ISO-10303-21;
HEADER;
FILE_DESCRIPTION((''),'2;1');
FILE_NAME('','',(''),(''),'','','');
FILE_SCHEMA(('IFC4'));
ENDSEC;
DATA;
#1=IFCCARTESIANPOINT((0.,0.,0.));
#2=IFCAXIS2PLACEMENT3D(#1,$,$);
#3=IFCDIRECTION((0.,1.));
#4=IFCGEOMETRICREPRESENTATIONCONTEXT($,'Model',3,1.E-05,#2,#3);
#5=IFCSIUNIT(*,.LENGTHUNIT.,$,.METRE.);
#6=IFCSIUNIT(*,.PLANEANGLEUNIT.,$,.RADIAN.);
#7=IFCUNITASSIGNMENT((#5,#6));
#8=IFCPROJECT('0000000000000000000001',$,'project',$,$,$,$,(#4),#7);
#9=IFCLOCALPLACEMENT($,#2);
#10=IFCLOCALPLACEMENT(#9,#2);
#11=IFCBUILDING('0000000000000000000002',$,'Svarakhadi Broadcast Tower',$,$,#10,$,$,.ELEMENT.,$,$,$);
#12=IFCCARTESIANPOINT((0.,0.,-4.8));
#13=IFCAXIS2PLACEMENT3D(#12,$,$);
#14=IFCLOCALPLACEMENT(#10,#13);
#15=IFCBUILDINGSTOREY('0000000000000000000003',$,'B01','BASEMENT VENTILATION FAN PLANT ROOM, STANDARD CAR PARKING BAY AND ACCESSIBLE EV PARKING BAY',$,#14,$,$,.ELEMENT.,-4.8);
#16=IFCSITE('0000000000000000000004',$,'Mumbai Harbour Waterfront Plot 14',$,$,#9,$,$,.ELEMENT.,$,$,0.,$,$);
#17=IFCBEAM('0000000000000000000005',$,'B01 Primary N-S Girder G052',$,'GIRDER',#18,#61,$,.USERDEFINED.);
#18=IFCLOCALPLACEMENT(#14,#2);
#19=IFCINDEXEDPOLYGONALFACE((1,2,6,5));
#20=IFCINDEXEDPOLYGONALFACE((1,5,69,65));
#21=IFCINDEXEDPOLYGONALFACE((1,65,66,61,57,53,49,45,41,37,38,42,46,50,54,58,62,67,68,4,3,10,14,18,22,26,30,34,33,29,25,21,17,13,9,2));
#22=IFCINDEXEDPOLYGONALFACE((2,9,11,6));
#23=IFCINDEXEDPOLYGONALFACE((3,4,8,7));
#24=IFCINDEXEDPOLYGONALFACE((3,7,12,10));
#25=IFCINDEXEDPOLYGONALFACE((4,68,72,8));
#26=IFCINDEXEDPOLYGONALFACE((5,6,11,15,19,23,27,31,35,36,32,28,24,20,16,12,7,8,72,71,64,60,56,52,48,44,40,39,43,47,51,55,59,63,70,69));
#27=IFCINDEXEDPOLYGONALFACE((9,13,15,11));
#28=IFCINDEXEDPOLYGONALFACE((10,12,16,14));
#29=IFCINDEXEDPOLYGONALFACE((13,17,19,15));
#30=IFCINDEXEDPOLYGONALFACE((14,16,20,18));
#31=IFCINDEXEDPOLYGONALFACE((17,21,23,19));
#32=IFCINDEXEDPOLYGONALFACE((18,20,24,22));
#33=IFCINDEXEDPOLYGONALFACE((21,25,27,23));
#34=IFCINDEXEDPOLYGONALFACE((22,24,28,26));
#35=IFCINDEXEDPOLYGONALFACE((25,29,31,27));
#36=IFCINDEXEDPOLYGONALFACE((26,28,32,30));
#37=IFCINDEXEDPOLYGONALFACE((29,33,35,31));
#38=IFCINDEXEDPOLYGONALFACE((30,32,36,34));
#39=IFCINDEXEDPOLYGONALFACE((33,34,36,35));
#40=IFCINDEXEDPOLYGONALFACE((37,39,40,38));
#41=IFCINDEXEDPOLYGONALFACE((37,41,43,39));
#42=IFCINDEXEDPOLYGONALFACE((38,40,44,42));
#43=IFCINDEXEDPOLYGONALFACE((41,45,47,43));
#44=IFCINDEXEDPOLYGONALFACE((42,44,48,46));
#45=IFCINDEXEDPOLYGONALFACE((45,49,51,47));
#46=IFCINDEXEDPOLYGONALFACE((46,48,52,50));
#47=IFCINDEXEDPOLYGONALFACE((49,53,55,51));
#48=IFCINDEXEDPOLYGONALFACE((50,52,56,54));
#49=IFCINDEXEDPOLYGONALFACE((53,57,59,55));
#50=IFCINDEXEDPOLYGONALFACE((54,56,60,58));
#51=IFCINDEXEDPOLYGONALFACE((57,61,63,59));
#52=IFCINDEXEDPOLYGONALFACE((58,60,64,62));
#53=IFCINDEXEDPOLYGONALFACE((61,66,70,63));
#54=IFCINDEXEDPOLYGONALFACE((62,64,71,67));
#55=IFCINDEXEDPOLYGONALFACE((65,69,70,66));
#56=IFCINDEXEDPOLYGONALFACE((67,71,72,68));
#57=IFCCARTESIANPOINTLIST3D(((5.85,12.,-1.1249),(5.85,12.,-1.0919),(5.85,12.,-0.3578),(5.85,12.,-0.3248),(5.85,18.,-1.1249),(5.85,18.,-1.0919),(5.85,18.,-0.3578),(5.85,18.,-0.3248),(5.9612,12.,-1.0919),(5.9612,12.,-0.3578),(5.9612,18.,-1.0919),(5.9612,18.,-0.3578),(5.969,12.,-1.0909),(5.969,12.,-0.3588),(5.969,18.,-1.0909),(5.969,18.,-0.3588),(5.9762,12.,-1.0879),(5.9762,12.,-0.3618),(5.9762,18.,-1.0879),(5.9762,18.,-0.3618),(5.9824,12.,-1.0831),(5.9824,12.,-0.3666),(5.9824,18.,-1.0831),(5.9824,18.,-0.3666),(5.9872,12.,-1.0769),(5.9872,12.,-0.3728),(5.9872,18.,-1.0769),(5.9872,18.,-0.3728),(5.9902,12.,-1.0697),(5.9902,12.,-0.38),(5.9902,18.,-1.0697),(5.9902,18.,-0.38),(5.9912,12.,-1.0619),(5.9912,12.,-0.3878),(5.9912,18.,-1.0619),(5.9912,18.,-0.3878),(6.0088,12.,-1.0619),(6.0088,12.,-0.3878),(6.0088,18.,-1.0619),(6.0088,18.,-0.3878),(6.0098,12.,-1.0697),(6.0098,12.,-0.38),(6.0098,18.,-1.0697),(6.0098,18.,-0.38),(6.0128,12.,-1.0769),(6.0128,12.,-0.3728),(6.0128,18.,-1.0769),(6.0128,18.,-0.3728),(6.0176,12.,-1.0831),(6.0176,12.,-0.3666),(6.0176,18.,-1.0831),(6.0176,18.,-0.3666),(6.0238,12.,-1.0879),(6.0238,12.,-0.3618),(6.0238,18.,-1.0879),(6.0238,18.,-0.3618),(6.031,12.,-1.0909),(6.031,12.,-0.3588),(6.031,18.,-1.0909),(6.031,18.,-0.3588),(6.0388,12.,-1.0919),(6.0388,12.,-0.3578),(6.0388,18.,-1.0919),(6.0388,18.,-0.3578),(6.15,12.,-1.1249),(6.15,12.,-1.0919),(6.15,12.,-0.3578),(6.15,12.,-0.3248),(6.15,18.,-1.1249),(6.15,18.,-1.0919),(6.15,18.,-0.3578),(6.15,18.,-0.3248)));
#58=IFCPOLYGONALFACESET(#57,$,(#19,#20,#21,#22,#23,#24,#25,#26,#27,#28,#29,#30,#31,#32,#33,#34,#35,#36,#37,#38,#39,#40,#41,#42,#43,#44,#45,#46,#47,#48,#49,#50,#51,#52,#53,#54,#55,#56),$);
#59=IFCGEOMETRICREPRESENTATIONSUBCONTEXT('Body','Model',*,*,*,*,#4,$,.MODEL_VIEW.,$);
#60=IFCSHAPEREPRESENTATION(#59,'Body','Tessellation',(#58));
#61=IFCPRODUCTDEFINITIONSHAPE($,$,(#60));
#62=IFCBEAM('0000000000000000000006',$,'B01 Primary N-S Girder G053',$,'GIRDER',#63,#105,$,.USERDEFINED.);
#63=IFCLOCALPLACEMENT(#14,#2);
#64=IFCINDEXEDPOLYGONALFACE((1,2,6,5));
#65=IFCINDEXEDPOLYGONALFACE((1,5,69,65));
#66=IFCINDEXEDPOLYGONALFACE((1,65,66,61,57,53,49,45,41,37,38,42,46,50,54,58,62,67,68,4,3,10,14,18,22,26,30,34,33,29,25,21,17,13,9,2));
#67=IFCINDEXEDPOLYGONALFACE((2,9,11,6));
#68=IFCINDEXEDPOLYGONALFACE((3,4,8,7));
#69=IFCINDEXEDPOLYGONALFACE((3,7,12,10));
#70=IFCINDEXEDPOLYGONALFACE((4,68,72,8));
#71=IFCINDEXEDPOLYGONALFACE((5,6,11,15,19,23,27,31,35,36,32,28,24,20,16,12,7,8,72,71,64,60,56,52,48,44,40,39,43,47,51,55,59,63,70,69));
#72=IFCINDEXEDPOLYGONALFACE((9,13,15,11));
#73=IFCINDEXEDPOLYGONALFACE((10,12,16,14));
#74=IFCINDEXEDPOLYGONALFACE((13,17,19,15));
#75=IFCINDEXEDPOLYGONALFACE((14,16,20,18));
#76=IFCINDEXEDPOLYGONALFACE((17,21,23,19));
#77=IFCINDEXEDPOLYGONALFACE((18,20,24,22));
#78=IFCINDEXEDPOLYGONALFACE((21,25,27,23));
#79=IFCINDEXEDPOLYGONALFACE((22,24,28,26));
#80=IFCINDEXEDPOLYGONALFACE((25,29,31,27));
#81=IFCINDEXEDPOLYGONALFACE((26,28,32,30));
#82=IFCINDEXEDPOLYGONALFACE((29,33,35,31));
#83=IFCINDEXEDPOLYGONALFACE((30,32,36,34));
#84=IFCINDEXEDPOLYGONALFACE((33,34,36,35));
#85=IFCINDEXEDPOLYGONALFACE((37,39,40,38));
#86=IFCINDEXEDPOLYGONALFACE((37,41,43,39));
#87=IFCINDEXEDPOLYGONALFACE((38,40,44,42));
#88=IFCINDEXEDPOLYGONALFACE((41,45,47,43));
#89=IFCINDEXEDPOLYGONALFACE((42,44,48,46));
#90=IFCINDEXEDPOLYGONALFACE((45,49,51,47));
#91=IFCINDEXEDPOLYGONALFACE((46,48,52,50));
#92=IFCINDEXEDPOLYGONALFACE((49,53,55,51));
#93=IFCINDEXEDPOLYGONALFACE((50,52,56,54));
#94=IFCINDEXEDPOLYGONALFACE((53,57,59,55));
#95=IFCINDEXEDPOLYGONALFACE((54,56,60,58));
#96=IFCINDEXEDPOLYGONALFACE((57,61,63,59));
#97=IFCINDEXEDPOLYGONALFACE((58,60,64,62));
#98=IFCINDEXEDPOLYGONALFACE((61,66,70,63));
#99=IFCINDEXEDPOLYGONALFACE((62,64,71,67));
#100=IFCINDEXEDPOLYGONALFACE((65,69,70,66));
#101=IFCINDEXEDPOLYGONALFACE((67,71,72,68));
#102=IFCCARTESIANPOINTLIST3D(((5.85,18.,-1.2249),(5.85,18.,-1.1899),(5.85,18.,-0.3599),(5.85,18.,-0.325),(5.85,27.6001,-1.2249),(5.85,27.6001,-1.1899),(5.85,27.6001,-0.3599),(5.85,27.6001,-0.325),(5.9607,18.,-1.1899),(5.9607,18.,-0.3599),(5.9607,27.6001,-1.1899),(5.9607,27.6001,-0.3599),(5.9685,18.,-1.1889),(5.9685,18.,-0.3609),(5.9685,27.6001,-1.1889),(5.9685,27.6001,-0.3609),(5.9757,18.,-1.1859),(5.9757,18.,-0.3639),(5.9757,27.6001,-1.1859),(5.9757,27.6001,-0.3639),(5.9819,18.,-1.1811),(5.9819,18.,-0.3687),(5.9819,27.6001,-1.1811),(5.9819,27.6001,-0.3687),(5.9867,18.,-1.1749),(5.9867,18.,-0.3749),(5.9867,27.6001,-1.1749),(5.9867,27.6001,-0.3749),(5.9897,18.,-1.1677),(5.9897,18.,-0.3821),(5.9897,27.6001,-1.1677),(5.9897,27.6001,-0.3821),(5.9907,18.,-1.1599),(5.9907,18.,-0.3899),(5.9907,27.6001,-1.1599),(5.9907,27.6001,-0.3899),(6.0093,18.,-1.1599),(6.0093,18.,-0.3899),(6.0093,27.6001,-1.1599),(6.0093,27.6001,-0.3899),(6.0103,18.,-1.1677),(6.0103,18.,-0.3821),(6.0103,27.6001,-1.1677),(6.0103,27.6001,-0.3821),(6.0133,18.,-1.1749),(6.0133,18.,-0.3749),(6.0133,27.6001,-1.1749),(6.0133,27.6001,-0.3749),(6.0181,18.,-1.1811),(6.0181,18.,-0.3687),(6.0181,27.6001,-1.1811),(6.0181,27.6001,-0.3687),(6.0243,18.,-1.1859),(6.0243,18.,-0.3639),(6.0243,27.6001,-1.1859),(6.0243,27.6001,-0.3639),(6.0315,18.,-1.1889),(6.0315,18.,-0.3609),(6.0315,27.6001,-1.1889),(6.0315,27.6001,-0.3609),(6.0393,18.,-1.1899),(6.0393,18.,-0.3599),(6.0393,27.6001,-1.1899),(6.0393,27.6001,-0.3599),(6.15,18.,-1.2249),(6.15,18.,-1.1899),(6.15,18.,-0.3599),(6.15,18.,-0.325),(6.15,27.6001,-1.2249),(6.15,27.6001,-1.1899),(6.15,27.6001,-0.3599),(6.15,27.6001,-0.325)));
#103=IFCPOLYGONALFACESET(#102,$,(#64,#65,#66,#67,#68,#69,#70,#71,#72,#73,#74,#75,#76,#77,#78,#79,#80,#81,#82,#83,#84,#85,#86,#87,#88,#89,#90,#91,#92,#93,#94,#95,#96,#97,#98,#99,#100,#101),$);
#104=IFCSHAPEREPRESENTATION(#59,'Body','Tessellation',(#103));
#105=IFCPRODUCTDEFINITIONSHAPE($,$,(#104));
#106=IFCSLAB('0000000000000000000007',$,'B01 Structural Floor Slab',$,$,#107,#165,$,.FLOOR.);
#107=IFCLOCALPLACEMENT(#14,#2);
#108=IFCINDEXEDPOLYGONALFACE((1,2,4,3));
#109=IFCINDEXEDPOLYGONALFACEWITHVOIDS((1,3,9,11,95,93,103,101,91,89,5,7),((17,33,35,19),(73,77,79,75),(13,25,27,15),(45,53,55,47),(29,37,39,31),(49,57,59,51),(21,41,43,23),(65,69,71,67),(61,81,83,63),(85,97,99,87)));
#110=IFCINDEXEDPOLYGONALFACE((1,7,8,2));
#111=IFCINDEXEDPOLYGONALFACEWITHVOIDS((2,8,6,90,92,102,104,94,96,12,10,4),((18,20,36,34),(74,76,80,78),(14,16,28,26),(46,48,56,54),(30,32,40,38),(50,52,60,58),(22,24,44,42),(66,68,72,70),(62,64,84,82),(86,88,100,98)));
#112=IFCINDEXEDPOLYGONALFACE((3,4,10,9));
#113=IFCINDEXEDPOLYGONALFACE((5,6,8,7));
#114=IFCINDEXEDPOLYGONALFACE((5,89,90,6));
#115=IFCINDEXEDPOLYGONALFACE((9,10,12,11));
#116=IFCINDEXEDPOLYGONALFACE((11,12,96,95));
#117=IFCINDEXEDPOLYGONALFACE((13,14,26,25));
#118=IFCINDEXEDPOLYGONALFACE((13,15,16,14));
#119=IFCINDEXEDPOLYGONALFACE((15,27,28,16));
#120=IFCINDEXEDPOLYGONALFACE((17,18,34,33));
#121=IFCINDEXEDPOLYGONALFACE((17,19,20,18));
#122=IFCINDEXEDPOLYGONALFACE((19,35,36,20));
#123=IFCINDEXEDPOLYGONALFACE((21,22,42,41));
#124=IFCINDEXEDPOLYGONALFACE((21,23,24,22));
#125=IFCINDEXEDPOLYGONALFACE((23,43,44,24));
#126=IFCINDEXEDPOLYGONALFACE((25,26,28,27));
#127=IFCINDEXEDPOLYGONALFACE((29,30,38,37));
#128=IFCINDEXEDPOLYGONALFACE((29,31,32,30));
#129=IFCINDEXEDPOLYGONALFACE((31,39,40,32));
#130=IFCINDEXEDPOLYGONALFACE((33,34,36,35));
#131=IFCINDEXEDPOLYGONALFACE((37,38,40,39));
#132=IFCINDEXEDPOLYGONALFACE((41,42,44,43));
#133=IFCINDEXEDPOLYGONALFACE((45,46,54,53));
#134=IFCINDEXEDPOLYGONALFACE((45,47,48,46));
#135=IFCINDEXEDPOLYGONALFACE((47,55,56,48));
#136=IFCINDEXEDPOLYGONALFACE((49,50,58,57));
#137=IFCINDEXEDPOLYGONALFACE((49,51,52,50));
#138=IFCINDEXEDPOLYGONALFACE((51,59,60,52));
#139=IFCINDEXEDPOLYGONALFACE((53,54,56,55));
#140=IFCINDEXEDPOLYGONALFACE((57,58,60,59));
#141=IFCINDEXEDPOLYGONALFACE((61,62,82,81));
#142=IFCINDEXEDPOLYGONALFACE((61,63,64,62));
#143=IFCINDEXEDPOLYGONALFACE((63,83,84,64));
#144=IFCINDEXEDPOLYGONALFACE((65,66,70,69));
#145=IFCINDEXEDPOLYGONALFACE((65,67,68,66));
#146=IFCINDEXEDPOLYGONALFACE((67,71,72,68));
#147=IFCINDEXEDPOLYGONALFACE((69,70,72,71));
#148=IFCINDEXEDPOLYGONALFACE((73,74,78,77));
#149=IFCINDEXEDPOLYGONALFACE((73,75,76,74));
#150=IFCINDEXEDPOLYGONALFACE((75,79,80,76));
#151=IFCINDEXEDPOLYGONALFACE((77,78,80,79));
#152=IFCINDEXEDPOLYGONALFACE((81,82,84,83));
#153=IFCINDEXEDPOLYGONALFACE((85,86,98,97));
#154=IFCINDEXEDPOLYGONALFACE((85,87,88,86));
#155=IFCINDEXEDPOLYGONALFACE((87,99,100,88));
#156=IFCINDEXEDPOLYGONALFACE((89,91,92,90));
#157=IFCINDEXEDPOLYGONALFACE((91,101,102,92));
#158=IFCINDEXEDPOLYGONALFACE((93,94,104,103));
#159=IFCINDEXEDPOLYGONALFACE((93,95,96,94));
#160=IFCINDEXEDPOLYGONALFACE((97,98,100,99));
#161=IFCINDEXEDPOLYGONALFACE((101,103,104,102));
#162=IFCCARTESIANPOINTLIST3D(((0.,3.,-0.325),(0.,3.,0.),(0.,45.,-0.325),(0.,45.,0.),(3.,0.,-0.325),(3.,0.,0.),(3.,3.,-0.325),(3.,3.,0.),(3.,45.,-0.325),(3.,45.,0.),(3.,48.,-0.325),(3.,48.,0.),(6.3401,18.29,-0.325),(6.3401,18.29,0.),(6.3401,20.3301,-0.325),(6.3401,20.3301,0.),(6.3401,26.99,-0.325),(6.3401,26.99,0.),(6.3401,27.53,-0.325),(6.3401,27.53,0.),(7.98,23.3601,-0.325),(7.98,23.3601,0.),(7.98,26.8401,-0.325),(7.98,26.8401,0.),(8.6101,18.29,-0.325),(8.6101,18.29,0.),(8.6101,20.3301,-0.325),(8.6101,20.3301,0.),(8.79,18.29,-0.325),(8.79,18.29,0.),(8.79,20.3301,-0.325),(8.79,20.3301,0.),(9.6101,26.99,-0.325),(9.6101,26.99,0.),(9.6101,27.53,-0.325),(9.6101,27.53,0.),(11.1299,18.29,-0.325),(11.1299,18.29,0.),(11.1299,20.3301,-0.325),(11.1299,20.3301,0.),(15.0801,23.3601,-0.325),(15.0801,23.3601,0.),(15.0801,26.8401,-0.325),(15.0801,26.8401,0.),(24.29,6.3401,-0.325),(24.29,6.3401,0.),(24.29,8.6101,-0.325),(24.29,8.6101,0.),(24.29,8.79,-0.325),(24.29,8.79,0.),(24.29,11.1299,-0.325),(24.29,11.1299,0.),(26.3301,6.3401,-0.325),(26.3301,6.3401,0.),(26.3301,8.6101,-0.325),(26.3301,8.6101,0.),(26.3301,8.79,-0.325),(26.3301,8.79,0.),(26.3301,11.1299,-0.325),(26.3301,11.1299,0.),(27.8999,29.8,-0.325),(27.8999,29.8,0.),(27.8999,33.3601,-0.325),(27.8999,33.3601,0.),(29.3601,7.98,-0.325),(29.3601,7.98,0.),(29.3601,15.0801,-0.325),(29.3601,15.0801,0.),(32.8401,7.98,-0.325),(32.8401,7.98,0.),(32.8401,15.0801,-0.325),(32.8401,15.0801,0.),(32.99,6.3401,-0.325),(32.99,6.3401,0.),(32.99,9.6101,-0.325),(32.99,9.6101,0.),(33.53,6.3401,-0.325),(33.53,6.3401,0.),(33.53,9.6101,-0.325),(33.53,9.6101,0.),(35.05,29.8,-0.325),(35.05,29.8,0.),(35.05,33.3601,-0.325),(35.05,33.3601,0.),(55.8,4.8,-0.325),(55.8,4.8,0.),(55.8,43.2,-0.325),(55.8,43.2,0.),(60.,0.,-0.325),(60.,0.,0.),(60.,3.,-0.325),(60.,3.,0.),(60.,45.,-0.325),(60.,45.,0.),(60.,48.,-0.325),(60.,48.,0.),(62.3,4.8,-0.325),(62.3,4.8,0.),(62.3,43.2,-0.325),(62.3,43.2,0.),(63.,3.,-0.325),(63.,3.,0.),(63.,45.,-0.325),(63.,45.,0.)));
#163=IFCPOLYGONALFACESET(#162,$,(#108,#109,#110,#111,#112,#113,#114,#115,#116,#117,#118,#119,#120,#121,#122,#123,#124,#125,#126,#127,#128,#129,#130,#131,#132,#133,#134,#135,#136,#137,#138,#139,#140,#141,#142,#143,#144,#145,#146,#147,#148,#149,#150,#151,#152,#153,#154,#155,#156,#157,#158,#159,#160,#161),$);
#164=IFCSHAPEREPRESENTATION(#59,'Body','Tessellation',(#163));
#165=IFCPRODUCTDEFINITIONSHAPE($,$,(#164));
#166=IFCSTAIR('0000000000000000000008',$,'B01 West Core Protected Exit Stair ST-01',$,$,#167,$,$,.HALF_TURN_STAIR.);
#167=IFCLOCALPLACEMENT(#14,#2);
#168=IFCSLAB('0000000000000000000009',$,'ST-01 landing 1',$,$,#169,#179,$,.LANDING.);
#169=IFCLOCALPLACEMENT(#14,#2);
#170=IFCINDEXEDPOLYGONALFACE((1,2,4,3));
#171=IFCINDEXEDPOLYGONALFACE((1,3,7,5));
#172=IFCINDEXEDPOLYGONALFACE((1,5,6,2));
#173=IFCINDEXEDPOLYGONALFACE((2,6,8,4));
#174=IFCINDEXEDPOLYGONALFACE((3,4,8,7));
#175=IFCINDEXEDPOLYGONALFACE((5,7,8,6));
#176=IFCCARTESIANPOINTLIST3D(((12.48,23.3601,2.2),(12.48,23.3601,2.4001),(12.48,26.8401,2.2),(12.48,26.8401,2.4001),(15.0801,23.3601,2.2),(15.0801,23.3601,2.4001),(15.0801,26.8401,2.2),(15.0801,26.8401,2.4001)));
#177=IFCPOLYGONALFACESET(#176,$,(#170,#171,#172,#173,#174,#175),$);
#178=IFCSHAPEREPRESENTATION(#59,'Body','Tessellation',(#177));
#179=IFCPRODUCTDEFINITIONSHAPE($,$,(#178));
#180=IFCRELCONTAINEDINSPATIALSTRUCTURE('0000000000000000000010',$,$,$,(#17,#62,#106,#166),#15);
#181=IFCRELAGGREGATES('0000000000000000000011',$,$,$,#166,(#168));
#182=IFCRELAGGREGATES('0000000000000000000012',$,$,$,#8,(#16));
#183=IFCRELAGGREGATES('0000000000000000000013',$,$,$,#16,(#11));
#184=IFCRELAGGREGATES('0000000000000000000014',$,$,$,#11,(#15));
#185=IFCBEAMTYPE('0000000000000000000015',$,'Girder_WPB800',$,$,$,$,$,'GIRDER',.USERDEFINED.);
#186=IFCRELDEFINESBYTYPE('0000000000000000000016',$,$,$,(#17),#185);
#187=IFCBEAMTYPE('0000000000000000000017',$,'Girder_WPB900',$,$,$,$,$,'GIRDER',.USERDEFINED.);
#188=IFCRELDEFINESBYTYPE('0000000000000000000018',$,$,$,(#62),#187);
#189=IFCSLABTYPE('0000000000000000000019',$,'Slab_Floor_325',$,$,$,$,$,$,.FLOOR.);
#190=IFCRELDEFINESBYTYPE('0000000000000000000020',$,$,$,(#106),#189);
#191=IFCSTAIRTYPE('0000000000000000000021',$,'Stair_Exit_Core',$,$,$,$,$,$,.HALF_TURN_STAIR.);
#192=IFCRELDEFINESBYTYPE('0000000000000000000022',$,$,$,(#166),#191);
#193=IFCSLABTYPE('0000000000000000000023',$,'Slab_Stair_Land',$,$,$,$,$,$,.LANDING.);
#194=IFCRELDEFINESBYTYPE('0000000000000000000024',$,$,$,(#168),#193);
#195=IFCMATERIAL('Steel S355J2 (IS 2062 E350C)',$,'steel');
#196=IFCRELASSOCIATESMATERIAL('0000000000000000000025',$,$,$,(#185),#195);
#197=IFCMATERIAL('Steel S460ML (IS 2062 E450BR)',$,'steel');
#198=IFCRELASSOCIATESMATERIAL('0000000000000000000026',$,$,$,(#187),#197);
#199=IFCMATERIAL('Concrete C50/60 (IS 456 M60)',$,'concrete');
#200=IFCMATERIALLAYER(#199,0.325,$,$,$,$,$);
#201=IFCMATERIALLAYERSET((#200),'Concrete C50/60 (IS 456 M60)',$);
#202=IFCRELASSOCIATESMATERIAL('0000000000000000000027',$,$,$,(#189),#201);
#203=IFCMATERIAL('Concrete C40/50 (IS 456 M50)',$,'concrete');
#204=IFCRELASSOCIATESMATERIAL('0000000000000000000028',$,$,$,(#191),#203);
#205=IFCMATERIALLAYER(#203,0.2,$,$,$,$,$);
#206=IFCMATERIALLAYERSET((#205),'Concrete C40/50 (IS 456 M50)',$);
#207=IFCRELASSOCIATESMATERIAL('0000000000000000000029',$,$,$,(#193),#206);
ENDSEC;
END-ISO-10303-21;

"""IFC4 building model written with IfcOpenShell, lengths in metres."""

from ifc_helpers import new_model, si_unit, direction, frame, origin, origin_2d, place, context, subcontext, project, spatial, polyline, i_section, outline, extrude, material, layer, layer_set, material_profile, profile_set, type_object, element, aggregate, save


model = new_model("IFC4")

# Units and contexts
model_context = context("Model", 3, precision=1e-05, world=origin(), true_north=direction((0.0, 1.0)))
body_context = subcontext(model_context, "Body", "Model", "MODEL_VIEW")
ifc_project = project(units=[si_unit("LENGTHUNIT", "METRE"), si_unit("PLANEANGLEUNIT", "RADIAN")], contexts=[model_context])

# Site, building, storey
site_placement = place(None, origin())
site = spatial("IfcSite", under=ifc_project, at=site_placement, Name="Mumbai Harbour Waterfront Plot 14", CompositionType="ELEMENT", RefElevation=0.0)
building_placement = place(site_placement, origin())
building = spatial("IfcBuilding", under=site, at=building_placement, Name="Svarakhadi Broadcast Tower", CompositionType="ELEMENT")
storey_placement = place(building_placement, frame((0.0, 0.0, -4.8)))
storey = spatial("IfcBuildingStorey", under=building, at=storey_placement, Name="B01", Description="BASEMENT VENTILATION FAN PLANT ROOM, STANDARD CAR PARKING BAY AND ACCESSIBLE EV PARKING BAY", CompositionType="ELEMENT", Elevation=-4.8)

# Shared definitions
ifc_material_1 = material(Name="Steel S460ML (IS 2062 E450BR)", Category="steel")

# Beams
ifc_material_2 = material(Name="Steel S355J2 (IS 2062 E350C)", Category="steel")
ifc_material_profile_1 = material_profile(ifc_material_2, i_section(OverallWidth=0.3, OverallDepth=0.8, WebThickness=0.0176, FlangeThickness=0.033, FilletRadius=0.03, at=origin_2d()), Name="WPB 800x300x262")
ifc_profile_set_1 = profile_set([ifc_material_profile_1], Name="Steel S355J2 (IS 2062 E350C)")
beam_type_1 = type_object("IfcBeamType", Name="Girder_WPB800", ElementType="GIRDER", PredefinedType="USERDEFINED", material=ifc_profile_set_1)
for number, where, z_axis, x_axis, name in (
    (1, (6.0, 12.0, -0.7249), (0.0, 1.0, 0.0), (-1.0, 0.0, 0.0), "B01 Primary N-S Girder G052"),
):
    element("IfcBeam", number, at=place(storey_placement, frame(where, z_axis=z_axis, x_axis=x_axis)), inside=storey, type_object=beam_type_1, Name=name, ObjectType="GIRDER", PredefinedType="USERDEFINED", context=body_context, shape_type="SweptSolid", body=[
        extrude(i_section(OverallWidth=0.3, OverallDepth=0.8, WebThickness=0.0176, FlangeThickness=0.033, FilletRadius=0.03, at=origin_2d()), origin(), (0.0, 0.0, 1.0), 6.0),
    ])
ifc_material_profile_2 = material_profile(ifc_material_1, i_section(OverallWidth=0.3, OverallDepth=0.8999, WebThickness=0.0186, FlangeThickness=0.0349, FilletRadius=0.03, at=origin_2d()), Name="WPB 900x300x291")
ifc_profile_set_2 = profile_set([ifc_material_profile_2], Name="Steel S460ML (IS 2062 E450BR)")
beam_type_2 = type_object("IfcBeamType", Name="Girder_WPB900", ElementType="GIRDER", PredefinedType="USERDEFINED", material=ifc_profile_set_2)
beam_1_placement = place(storey_placement, frame((6.0, 18.0, -0.7749), z_axis=(0.0, 1.0, 0.0), x_axis=(-1.0, 0.0, 0.0)))
element("IfcBeam", 2, at=beam_1_placement, inside=storey, type_object=beam_type_2, Name="B01 Primary N-S Girder G053", ObjectType="GIRDER", PredefinedType="USERDEFINED", context=body_context, shape_type="SweptSolid", body=[
    extrude(i_section(OverallWidth=0.3, OverallDepth=0.8999, WebThickness=0.0186, FlangeThickness=0.0349, FilletRadius=0.03, at=origin_2d()), origin(), (0.0, 0.0, 1.0), 9.6001),
])

# Slab
ifc_material_3 = material(Name="Concrete C50/60 (IS 456 M60)", Category="concrete")
ifc_layer_1 = layer(ifc_material_3, 0.325)
ifc_layer_set_1 = layer_set([ifc_layer_1], Name="Concrete C50/60 (IS 456 M60)")
slab_type_1 = type_object("IfcSlabType", Name="Slab_Floor_325", PredefinedType="FLOOR", material=ifc_layer_set_1)
slab_1_placement = place(storey_placement, frame((0.0, 0.0, -0.325)))
element("IfcSlab", 3, at=slab_1_placement, inside=storey, type_object=slab_type_1, Name="B01 Structural Floor Slab", PredefinedType="FLOOR", context=body_context, shape_type="SweptSolid", body=[
    extrude(outline(polyline([(3.0, 0.0), (60.0, 0.0), (60.0, 3.0), (63.0, 3.0), (63.0, 45.0), (60.0, 45.0), (60.0, 48.0), (3.0, 48.0), (3.0, 45.0), (0.0, 45.0), (0.0, 3.0), (3.0, 3.0), (3.0, 0.0)]), holes=[polyline([(7.98, 23.3601), (15.0801, 23.3601), (15.0801, 26.8401), (7.98, 26.8401), (7.98, 23.3601)]), polyline([(32.8401, 7.98), (32.8401, 15.0801), (29.3601, 15.0801), (29.3601, 7.98), (32.8401, 7.98)]), polyline([(27.8999, 29.8), (35.05, 29.8), (35.05, 33.3601), (27.8999, 33.3601), (27.8999, 29.8)]), polyline([(6.3401, 18.29), (8.6101, 18.29), (8.6101, 20.3301), (6.3401, 20.3301), (6.3401, 18.29)]), polyline([(8.79, 18.29), (11.1299, 18.29), (11.1299, 20.3301), (8.79, 20.3301), (8.79, 18.29)]), polyline([(24.29, 6.3401), (26.3301, 6.3401), (26.3301, 8.6101), (24.29, 8.6101), (24.29, 6.3401)]), polyline([(24.29, 8.79), (26.3301, 8.79), (26.3301, 11.1299), (24.29, 11.1299), (24.29, 8.79)]), polyline([(6.3401, 26.99), (9.6101, 26.99), (9.6101, 27.53), (6.3401, 27.53), (6.3401, 26.99)]), polyline([(32.99, 6.3401), (33.53, 6.3401), (33.53, 9.6101), (32.99, 9.6101), (32.99, 6.3401)]), polyline([(55.8, 4.8), (62.3, 4.8), (62.3, 43.2), (55.8, 43.2), (55.8, 4.8)])]), origin(), (0.0, 0.0, 1.0), 0.325),
])

# Stair, slab
ifc_material_4 = material(Name="Concrete C40/50 (IS 456 M50)", Category="concrete")
stair_type_1 = type_object("IfcStairType", Name="Stair_Exit_Core", PredefinedType="HALF_TURN_STAIR", material=ifc_material_4)
stair_1_placement = place(storey_placement, origin())
stair_1 = element("IfcStair", 4, at=stair_1_placement, inside=storey, type_object=stair_type_1, Name="B01 West Core Protected Exit Stair ST-01", PredefinedType="HALF_TURN_STAIR")
ifc_layer_2 = layer(ifc_material_4, 0.2)
ifc_layer_set_2 = layer_set([ifc_layer_2], Name="Concrete C40/50 (IS 456 M50)")
slab_type_2 = type_object("IfcSlabType", Name="Slab_Stair_Land", PredefinedType="LANDING", material=ifc_layer_set_2)
slab_2_placement = place(storey_placement, frame((0.0, 0.0, 2.2)))
slab_2 = element("IfcSlab", 5, at=slab_2_placement, type_object=slab_type_2, Name="ST-01 landing 1", PredefinedType="LANDING", context=body_context, shape_type="SweptSolid", body=[
    extrude(outline(polyline([(12.48, 23.3601), (15.0801, 23.3601), (15.0801, 26.8401), (12.48, 26.8401), (12.48, 23.3601)])), origin(), (0.0, 0.0, 1.0), 0.2002),
])
aggregate(stair_1, [slab_2])

save(model, "model.ifc")
